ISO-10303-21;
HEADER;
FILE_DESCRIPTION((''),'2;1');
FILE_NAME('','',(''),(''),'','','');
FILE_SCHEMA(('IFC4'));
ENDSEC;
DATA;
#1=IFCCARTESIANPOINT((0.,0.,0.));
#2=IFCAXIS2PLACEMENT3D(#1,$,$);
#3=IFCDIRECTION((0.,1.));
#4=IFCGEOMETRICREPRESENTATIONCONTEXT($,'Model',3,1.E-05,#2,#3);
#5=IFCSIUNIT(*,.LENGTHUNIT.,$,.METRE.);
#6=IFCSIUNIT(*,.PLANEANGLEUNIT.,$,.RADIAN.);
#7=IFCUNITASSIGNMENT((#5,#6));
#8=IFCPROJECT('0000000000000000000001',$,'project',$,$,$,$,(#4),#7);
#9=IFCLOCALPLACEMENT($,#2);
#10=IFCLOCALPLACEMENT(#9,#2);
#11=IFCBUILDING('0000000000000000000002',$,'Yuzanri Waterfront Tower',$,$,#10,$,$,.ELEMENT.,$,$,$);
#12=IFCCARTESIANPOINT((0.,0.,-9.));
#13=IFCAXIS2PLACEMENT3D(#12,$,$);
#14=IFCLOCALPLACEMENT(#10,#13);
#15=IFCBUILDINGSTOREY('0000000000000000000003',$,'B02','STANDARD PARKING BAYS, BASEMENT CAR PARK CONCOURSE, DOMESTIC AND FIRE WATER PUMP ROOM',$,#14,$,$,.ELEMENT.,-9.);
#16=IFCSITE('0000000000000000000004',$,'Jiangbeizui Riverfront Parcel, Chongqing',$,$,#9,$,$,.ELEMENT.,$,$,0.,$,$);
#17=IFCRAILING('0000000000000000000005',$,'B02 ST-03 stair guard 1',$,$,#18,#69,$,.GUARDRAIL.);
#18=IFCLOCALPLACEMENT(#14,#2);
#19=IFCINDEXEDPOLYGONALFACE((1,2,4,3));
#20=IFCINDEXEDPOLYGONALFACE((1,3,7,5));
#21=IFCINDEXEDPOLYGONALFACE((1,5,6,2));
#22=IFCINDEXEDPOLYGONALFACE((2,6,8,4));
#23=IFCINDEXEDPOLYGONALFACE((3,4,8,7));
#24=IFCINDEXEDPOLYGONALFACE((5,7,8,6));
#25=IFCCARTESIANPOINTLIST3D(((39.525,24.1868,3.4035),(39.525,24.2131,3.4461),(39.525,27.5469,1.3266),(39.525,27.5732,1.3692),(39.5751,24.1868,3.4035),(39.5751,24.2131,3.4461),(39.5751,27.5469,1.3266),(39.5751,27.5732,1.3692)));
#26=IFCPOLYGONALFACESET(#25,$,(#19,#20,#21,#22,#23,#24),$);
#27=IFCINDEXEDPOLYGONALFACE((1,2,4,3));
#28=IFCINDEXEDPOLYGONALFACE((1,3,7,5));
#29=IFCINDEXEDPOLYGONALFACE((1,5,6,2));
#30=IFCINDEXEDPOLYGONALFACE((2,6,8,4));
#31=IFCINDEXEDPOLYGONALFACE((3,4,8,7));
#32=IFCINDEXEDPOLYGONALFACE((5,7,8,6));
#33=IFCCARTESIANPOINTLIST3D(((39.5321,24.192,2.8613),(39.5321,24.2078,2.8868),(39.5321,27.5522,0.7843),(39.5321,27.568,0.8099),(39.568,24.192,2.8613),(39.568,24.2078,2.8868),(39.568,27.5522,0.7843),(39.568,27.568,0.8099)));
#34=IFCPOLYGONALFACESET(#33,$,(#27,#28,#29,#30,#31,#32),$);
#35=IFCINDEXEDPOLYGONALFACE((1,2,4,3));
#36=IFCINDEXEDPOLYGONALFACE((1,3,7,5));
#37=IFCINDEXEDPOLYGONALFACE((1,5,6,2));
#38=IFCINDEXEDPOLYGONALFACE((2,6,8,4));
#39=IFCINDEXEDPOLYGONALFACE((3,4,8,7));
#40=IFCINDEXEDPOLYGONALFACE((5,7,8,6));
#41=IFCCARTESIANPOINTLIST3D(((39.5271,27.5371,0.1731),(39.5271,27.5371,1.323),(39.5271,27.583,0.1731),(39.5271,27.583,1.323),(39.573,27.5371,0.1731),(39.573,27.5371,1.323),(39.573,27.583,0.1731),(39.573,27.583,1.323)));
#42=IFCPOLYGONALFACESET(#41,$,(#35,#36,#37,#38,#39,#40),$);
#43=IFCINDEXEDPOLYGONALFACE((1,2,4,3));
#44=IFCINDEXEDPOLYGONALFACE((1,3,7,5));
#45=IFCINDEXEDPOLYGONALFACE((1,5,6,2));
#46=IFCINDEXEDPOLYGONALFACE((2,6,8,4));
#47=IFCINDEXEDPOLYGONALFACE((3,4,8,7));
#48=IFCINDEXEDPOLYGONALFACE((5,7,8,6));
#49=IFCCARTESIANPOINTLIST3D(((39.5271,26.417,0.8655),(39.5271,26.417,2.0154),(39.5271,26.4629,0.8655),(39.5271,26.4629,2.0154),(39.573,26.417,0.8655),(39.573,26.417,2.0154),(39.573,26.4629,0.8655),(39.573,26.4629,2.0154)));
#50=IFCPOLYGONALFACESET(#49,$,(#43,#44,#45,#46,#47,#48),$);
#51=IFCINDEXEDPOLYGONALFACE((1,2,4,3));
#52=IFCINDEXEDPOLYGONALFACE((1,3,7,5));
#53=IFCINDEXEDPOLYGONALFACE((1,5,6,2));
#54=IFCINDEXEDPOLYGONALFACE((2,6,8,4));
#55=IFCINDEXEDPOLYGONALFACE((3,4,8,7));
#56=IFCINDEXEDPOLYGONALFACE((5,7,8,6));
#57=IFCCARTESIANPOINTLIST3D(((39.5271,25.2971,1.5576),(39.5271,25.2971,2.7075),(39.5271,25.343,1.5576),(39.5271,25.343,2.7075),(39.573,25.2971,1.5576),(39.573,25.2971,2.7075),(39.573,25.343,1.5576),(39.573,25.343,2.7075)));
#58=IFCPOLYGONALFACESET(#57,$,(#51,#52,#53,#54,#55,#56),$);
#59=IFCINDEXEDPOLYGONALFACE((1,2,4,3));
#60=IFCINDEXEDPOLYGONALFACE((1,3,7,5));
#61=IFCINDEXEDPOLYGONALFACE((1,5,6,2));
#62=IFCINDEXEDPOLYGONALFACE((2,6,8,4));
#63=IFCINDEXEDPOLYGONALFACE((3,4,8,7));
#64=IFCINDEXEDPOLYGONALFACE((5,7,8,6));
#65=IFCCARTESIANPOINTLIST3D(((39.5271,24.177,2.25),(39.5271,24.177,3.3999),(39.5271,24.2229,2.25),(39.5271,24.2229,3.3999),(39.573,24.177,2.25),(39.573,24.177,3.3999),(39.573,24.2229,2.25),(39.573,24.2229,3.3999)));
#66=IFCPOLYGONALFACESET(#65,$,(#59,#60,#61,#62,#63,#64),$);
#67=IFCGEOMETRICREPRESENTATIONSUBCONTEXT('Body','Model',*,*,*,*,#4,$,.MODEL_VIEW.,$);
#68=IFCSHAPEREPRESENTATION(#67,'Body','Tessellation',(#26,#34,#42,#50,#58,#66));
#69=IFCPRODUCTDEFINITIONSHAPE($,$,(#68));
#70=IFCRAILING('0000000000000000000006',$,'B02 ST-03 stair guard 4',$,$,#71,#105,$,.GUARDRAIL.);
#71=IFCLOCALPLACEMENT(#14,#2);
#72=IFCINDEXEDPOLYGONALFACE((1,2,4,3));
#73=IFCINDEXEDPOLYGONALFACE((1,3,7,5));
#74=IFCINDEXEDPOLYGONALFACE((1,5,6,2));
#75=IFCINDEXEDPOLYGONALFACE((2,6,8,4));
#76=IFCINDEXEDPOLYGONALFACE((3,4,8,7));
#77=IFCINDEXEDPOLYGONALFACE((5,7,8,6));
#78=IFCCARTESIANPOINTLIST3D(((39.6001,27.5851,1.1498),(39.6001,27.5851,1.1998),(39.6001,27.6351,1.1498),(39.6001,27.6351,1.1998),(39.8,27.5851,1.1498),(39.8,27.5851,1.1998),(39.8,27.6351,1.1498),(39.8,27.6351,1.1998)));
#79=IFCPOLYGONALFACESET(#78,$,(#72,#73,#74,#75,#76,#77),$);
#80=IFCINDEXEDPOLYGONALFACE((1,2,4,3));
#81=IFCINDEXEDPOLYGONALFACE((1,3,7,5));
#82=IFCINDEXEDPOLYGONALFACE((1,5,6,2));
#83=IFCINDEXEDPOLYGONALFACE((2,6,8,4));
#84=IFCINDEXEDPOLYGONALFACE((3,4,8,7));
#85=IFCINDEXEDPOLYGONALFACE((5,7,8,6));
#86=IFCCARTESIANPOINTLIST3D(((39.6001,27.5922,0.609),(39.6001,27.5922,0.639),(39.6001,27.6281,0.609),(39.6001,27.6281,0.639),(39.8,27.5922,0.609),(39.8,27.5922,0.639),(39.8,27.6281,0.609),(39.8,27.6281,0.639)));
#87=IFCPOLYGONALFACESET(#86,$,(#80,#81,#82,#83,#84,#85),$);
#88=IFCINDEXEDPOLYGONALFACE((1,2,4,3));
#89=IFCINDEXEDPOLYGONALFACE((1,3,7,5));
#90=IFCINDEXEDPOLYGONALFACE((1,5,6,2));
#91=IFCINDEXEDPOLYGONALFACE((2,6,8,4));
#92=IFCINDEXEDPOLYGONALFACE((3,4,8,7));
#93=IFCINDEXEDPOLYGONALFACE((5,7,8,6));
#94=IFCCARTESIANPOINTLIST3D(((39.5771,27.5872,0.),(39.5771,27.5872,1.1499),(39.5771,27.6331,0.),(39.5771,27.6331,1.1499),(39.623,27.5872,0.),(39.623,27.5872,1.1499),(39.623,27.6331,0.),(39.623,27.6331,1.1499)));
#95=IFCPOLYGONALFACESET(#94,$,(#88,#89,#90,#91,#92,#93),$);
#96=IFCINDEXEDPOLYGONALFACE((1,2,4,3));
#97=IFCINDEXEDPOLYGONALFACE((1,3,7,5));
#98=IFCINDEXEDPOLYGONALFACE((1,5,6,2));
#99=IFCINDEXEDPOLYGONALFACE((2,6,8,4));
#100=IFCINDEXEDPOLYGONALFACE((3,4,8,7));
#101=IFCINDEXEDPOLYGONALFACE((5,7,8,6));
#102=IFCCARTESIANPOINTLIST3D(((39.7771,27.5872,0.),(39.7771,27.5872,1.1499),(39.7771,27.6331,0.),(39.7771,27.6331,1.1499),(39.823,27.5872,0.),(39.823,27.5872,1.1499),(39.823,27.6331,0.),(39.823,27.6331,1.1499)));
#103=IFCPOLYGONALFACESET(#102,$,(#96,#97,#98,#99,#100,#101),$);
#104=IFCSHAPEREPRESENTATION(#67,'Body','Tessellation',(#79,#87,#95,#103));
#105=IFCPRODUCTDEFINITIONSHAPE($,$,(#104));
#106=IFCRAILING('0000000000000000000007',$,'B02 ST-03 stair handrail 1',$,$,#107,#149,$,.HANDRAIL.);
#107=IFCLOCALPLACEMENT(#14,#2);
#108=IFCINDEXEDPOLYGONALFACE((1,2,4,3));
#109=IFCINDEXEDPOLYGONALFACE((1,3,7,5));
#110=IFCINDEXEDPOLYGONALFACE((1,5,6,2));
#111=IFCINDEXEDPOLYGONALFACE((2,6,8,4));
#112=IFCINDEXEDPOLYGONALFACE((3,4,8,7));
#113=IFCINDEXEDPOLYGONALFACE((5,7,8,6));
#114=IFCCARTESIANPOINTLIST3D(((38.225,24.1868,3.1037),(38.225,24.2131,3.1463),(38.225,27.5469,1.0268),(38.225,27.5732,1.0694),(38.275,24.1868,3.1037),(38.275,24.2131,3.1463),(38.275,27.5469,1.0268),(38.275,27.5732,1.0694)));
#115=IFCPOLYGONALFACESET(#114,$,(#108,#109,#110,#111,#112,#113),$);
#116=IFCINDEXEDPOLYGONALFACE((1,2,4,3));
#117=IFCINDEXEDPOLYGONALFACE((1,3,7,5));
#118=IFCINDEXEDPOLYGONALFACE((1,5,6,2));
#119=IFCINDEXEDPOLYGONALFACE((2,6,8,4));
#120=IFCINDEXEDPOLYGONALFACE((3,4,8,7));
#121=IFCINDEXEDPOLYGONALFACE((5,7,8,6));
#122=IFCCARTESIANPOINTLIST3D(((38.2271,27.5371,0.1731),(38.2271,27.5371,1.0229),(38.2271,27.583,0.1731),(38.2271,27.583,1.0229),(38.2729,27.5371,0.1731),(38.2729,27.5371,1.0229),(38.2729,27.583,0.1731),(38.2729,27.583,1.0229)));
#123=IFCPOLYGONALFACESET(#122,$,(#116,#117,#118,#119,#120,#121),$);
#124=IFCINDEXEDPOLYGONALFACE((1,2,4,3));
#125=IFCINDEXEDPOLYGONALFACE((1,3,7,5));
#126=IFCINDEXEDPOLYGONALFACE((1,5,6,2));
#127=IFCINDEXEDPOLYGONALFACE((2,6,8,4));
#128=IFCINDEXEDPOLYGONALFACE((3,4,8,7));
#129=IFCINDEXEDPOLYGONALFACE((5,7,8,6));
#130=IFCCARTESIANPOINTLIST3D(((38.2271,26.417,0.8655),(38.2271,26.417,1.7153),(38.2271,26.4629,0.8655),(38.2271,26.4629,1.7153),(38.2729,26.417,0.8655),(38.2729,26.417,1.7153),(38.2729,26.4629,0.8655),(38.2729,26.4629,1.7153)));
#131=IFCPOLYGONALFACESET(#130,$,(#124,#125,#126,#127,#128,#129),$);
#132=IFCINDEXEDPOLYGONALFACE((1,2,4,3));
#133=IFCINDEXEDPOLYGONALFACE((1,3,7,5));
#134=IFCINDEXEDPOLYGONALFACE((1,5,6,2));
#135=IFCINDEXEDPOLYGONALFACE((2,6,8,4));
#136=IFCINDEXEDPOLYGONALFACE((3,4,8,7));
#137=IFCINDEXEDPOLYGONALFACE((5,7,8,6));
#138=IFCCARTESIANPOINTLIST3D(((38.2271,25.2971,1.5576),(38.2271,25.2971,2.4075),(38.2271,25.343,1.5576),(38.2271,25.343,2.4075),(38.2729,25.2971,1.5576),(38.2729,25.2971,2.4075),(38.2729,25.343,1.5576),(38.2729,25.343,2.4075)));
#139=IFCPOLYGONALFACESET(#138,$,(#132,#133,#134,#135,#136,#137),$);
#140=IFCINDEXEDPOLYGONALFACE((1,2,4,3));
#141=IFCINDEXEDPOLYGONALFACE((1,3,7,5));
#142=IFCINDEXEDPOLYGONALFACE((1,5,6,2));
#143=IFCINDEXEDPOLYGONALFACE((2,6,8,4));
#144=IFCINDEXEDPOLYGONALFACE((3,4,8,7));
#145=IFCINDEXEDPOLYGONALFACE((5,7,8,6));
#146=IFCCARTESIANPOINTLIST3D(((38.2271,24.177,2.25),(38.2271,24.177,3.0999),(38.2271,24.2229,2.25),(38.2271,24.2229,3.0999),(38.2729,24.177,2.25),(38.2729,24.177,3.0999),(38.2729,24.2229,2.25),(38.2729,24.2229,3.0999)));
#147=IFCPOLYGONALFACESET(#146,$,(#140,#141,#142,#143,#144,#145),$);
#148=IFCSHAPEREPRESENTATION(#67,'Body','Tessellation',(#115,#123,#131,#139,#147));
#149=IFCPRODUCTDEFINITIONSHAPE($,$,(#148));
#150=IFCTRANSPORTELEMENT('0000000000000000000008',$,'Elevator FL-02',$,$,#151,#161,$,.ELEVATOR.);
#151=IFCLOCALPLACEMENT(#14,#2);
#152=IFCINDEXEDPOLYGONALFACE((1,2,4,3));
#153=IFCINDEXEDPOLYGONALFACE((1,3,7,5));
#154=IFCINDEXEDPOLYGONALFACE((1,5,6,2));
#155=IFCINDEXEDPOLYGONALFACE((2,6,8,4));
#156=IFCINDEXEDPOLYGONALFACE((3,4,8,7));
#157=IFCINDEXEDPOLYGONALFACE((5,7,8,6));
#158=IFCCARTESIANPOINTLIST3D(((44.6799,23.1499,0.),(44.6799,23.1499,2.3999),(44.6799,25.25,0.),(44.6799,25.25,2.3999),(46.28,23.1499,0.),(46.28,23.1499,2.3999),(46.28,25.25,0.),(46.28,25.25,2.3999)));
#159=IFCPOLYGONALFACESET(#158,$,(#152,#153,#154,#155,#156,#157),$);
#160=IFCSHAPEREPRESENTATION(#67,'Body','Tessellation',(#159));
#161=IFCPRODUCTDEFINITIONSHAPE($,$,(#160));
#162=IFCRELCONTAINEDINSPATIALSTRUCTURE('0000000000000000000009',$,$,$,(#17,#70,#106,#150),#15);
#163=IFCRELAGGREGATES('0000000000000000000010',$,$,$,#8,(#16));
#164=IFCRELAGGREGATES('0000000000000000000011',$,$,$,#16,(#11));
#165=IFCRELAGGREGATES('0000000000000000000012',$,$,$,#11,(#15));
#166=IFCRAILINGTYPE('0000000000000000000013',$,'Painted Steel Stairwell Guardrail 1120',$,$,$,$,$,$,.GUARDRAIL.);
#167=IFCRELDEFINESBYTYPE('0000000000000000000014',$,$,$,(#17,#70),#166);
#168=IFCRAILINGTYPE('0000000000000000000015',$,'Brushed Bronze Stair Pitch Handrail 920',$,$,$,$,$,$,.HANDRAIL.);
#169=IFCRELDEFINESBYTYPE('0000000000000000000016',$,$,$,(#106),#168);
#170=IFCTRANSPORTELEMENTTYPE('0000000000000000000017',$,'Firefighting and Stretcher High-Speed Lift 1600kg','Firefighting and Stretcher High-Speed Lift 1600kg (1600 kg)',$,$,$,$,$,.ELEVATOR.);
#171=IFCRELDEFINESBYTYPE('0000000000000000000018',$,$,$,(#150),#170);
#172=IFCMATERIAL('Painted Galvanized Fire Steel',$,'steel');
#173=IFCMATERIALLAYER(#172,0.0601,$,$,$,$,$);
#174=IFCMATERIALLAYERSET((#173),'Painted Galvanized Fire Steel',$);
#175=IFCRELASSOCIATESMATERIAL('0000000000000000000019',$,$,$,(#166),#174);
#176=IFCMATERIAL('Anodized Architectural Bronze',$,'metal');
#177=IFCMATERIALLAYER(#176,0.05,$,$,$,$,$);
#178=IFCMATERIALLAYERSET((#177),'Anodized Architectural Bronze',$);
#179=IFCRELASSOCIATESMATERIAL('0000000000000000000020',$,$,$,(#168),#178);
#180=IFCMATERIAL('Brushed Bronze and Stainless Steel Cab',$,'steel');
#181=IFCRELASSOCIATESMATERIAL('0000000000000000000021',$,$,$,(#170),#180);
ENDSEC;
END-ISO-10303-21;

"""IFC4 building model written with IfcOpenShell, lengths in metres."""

from ifc_helpers import new_model, si_unit, direction, frame, origin, origin_2d, place, context, subcontext, project, spatial, rectangle, extrude, source, transform, mapped, material, layer, layer_set, type_object, element, save


model = new_model("IFC4")

# Units and contexts
model_context = context("Model", 3, precision=1e-05, world=origin(), true_north=direction((0.0, 1.0)))
body_context = subcontext(model_context, "Body", "Model", "MODEL_VIEW")
ifc_project = project(units=[si_unit("LENGTHUNIT", "METRE"), si_unit("PLANEANGLEUNIT", "RADIAN")], contexts=[model_context])

# Site, building, storey
site_placement = place(None, origin())
site = spatial("IfcSite", under=ifc_project, at=site_placement, Name="Jiangbeizui Riverfront Parcel, Chongqing", CompositionType="ELEMENT", RefElevation=0.0)
building_placement = place(site_placement, origin())
building = spatial("IfcBuilding", under=site, at=building_placement, Name="Yuzanri Waterfront Tower", CompositionType="ELEMENT")
storey_placement = place(building_placement, frame((0.0, 0.0, -9.0)))
storey = spatial("IfcBuildingStorey", under=building, at=storey_placement, Name="B02", Description="STANDARD PARKING BAYS, BASEMENT CAR PARK CONCOURSE, DOMESTIC AND FIRE WATER PUMP ROOM", CompositionType="ELEMENT", Elevation=-9.0)

# Railings
ifc_material_1 = material(Name="Painted Galvanized Fire Steel", Category="steel")
ifc_layer_1 = layer(ifc_material_1, 0.0601)
ifc_layer_set_1 = layer_set([ifc_layer_1], Name="Painted Galvanized Fire Steel")
railing_type_1 = type_object("IfcRailingType", Name="Painted Steel Stairwell Guardrail 1120", PredefinedType="GUARDRAIL", material=ifc_layer_set_1)
ifc_material_2 = material(Name="Anodized Architectural Bronze", Category="metal")
ifc_layer_2 = layer(ifc_material_2, 0.05)
ifc_layer_set_2 = layer_set([ifc_layer_2], Name="Anodized Architectural Bronze")
railing_type_2 = type_object("IfcRailingType", Name="Brushed Bronze Stair Pitch Handrail 920", PredefinedType="HANDRAIL", material=ifc_layer_set_2)
shared_shape_1 = source(origin(), body_context, "Body", "SweptSolid", [
    extrude(rectangle(XDim=0.05, YDim=0.05, at=origin_2d()), frame((0.0, 0.0, 1.1748), z_axis=(0.0, -0.850623, 0.525776), x_axis=(1.0, 0.0, 0.0)), (0.0, 0.0, 1.0), 3.9502),
    extrude(rectangle(XDim=0.0359, YDim=0.03, at=origin_2d()), frame((0.0, 0.0, 0.624), z_axis=(0.0, -0.850623, 0.525776), x_axis=(1.0, 0.0, 0.0)), (0.0, 0.0, 1.0), 3.9502),
    extrude(rectangle(XDim=0.0459, YDim=0.0459, at=origin_2d()), origin(), (0.0, 0.0, 1.0), 1.1499),
    extrude(rectangle(XDim=0.0459, YDim=0.0459, at=origin_2d()), frame((0.0, -1.1201, 0.6924)), (0.0, 0.0, 1.0), 1.1499),
    extrude(rectangle(XDim=0.0459, YDim=0.0459, at=origin_2d()), frame((0.0, -2.24, 1.3845)), (0.0, 0.0, 1.0), 1.1499),
    extrude(rectangle(XDim=0.0459, YDim=0.0459, at=origin_2d()), frame((0.0, -3.3601, 2.0769)), (0.0, 0.0, 1.0), 1.1499),
])
railing_1_placement = place(storey_placement, frame((39.55, 27.5601, 0.1731)))
element("IfcRailing", 1, at=railing_1_placement, inside=storey, type_object=railing_type_1, Name="B02 ST-03 stair guard 1", PredefinedType="GUARDRAIL", context=body_context, shape_type="MappedRepresentation", body=[
    mapped(shared_shape_1, transform((0.0, 0.0, 0.0), scale=1.0)),
])
shared_shape_2 = source(origin(), body_context, "Body", "SweptSolid", [
    extrude(rectangle(XDim=0.05, YDim=0.05, at=origin_2d()), frame((0.0, 0.0, 1.1748), z_axis=(1.0, 0.0, 0.0), x_axis=(0.0, 1.0, 0.0)), (0.0, 0.0, 1.0), 0.2),
    extrude(rectangle(XDim=0.0359, YDim=0.03, at=origin_2d()), frame((0.0, 0.0, 0.624), z_axis=(1.0, 0.0, 0.0), x_axis=(0.0, 1.0, 0.0)), (0.0, 0.0, 1.0), 0.2),
    extrude(rectangle(XDim=0.0459, YDim=0.0459, at=origin_2d()), origin(), (0.0, 0.0, 1.0), 1.1499),
    extrude(rectangle(XDim=0.0459, YDim=0.0459, at=origin_2d()), frame((0.2, 0.0, 0.0)), (0.0, 0.0, 1.0), 1.1499),
])
railing_2_placement = place(storey_placement, frame((39.6001, 27.6101, 0.0)))
element("IfcRailing", 2, at=railing_2_placement, inside=storey, type_object=railing_type_1, Name="B02 ST-03 stair guard 4", PredefinedType="GUARDRAIL", context=body_context, shape_type="MappedRepresentation", body=[
    mapped(shared_shape_2, transform((0.0, 0.0, 0.0), scale=1.0)),
])
shared_shape_3 = source(origin(), body_context, "Body", "SweptSolid", [
    extrude(rectangle(XDim=0.05, YDim=0.05, at=origin_2d()), frame((0.0, 0.0, 0.875), z_axis=(0.0, -0.850623, 0.525776), x_axis=(1.0, 0.0, 0.0)), (0.0, 0.0, 1.0), 3.9502),
    extrude(rectangle(XDim=0.0459, YDim=0.0459, at=origin_2d()), origin(), (0.0, 0.0, 1.0), 0.8499),
    extrude(rectangle(XDim=0.0459, YDim=0.0459, at=origin_2d()), frame((0.0, -1.1201, 0.6924)), (0.0, 0.0, 1.0), 0.8499),
    extrude(rectangle(XDim=0.0459, YDim=0.0459, at=origin_2d()), frame((0.0, -2.24, 1.3845)), (0.0, 0.0, 1.0), 0.8499),
    extrude(rectangle(XDim=0.0459, YDim=0.0459, at=origin_2d()), frame((0.0, -3.3601, 2.0769)), (0.0, 0.0, 1.0), 0.8499),
])
railing_3_placement = place(storey_placement, frame((38.25, 27.5601, 0.1731)))
element("IfcRailing", 3, at=railing_3_placement, inside=storey, type_object=railing_type_2, Name="B02 ST-03 stair handrail 1", PredefinedType="HANDRAIL", context=body_context, shape_type="MappedRepresentation", body=[
    mapped(shared_shape_3, transform((0.0, 0.0, 0.0), scale=1.0)),
])

# Transport element
ifc_material_3 = material(Name="Brushed Bronze and Stainless Steel Cab", Category="steel")
transport_element_type = type_object("IfcTransportElementType", Name="Firefighting and Stretcher High-Speed Lift 1600kg", Description="Firefighting and Stretcher High-Speed Lift 1600kg (1600 kg)", PredefinedType="ELEVATOR", material=ifc_material_3)
shared_shape_4 = source(origin(), body_context, "Body", "SweptSolid", [
    extrude(rectangle(XDim=1.6001, YDim=2.1001, at=origin_2d()), origin(), (0.0, 0.0, 1.0), 2.3999),
])
transport_element_placement = place(storey_placement, frame((45.48, 24.2, 0.0), z_axis=(0.0, 0.0, 1.0), x_axis=(1.0, 0.0, 0.0)))
element("IfcTransportElement", 4, at=transport_element_placement, inside=storey, type_object=transport_element_type, Name="Elevator FL-02", PredefinedType="ELEVATOR", context=body_context, shape_type="MappedRepresentation", body=[
    mapped(shared_shape_4, transform((0.0, 0.0, 0.0), scale=1.0)),
])

save(model, "model.ifc")
